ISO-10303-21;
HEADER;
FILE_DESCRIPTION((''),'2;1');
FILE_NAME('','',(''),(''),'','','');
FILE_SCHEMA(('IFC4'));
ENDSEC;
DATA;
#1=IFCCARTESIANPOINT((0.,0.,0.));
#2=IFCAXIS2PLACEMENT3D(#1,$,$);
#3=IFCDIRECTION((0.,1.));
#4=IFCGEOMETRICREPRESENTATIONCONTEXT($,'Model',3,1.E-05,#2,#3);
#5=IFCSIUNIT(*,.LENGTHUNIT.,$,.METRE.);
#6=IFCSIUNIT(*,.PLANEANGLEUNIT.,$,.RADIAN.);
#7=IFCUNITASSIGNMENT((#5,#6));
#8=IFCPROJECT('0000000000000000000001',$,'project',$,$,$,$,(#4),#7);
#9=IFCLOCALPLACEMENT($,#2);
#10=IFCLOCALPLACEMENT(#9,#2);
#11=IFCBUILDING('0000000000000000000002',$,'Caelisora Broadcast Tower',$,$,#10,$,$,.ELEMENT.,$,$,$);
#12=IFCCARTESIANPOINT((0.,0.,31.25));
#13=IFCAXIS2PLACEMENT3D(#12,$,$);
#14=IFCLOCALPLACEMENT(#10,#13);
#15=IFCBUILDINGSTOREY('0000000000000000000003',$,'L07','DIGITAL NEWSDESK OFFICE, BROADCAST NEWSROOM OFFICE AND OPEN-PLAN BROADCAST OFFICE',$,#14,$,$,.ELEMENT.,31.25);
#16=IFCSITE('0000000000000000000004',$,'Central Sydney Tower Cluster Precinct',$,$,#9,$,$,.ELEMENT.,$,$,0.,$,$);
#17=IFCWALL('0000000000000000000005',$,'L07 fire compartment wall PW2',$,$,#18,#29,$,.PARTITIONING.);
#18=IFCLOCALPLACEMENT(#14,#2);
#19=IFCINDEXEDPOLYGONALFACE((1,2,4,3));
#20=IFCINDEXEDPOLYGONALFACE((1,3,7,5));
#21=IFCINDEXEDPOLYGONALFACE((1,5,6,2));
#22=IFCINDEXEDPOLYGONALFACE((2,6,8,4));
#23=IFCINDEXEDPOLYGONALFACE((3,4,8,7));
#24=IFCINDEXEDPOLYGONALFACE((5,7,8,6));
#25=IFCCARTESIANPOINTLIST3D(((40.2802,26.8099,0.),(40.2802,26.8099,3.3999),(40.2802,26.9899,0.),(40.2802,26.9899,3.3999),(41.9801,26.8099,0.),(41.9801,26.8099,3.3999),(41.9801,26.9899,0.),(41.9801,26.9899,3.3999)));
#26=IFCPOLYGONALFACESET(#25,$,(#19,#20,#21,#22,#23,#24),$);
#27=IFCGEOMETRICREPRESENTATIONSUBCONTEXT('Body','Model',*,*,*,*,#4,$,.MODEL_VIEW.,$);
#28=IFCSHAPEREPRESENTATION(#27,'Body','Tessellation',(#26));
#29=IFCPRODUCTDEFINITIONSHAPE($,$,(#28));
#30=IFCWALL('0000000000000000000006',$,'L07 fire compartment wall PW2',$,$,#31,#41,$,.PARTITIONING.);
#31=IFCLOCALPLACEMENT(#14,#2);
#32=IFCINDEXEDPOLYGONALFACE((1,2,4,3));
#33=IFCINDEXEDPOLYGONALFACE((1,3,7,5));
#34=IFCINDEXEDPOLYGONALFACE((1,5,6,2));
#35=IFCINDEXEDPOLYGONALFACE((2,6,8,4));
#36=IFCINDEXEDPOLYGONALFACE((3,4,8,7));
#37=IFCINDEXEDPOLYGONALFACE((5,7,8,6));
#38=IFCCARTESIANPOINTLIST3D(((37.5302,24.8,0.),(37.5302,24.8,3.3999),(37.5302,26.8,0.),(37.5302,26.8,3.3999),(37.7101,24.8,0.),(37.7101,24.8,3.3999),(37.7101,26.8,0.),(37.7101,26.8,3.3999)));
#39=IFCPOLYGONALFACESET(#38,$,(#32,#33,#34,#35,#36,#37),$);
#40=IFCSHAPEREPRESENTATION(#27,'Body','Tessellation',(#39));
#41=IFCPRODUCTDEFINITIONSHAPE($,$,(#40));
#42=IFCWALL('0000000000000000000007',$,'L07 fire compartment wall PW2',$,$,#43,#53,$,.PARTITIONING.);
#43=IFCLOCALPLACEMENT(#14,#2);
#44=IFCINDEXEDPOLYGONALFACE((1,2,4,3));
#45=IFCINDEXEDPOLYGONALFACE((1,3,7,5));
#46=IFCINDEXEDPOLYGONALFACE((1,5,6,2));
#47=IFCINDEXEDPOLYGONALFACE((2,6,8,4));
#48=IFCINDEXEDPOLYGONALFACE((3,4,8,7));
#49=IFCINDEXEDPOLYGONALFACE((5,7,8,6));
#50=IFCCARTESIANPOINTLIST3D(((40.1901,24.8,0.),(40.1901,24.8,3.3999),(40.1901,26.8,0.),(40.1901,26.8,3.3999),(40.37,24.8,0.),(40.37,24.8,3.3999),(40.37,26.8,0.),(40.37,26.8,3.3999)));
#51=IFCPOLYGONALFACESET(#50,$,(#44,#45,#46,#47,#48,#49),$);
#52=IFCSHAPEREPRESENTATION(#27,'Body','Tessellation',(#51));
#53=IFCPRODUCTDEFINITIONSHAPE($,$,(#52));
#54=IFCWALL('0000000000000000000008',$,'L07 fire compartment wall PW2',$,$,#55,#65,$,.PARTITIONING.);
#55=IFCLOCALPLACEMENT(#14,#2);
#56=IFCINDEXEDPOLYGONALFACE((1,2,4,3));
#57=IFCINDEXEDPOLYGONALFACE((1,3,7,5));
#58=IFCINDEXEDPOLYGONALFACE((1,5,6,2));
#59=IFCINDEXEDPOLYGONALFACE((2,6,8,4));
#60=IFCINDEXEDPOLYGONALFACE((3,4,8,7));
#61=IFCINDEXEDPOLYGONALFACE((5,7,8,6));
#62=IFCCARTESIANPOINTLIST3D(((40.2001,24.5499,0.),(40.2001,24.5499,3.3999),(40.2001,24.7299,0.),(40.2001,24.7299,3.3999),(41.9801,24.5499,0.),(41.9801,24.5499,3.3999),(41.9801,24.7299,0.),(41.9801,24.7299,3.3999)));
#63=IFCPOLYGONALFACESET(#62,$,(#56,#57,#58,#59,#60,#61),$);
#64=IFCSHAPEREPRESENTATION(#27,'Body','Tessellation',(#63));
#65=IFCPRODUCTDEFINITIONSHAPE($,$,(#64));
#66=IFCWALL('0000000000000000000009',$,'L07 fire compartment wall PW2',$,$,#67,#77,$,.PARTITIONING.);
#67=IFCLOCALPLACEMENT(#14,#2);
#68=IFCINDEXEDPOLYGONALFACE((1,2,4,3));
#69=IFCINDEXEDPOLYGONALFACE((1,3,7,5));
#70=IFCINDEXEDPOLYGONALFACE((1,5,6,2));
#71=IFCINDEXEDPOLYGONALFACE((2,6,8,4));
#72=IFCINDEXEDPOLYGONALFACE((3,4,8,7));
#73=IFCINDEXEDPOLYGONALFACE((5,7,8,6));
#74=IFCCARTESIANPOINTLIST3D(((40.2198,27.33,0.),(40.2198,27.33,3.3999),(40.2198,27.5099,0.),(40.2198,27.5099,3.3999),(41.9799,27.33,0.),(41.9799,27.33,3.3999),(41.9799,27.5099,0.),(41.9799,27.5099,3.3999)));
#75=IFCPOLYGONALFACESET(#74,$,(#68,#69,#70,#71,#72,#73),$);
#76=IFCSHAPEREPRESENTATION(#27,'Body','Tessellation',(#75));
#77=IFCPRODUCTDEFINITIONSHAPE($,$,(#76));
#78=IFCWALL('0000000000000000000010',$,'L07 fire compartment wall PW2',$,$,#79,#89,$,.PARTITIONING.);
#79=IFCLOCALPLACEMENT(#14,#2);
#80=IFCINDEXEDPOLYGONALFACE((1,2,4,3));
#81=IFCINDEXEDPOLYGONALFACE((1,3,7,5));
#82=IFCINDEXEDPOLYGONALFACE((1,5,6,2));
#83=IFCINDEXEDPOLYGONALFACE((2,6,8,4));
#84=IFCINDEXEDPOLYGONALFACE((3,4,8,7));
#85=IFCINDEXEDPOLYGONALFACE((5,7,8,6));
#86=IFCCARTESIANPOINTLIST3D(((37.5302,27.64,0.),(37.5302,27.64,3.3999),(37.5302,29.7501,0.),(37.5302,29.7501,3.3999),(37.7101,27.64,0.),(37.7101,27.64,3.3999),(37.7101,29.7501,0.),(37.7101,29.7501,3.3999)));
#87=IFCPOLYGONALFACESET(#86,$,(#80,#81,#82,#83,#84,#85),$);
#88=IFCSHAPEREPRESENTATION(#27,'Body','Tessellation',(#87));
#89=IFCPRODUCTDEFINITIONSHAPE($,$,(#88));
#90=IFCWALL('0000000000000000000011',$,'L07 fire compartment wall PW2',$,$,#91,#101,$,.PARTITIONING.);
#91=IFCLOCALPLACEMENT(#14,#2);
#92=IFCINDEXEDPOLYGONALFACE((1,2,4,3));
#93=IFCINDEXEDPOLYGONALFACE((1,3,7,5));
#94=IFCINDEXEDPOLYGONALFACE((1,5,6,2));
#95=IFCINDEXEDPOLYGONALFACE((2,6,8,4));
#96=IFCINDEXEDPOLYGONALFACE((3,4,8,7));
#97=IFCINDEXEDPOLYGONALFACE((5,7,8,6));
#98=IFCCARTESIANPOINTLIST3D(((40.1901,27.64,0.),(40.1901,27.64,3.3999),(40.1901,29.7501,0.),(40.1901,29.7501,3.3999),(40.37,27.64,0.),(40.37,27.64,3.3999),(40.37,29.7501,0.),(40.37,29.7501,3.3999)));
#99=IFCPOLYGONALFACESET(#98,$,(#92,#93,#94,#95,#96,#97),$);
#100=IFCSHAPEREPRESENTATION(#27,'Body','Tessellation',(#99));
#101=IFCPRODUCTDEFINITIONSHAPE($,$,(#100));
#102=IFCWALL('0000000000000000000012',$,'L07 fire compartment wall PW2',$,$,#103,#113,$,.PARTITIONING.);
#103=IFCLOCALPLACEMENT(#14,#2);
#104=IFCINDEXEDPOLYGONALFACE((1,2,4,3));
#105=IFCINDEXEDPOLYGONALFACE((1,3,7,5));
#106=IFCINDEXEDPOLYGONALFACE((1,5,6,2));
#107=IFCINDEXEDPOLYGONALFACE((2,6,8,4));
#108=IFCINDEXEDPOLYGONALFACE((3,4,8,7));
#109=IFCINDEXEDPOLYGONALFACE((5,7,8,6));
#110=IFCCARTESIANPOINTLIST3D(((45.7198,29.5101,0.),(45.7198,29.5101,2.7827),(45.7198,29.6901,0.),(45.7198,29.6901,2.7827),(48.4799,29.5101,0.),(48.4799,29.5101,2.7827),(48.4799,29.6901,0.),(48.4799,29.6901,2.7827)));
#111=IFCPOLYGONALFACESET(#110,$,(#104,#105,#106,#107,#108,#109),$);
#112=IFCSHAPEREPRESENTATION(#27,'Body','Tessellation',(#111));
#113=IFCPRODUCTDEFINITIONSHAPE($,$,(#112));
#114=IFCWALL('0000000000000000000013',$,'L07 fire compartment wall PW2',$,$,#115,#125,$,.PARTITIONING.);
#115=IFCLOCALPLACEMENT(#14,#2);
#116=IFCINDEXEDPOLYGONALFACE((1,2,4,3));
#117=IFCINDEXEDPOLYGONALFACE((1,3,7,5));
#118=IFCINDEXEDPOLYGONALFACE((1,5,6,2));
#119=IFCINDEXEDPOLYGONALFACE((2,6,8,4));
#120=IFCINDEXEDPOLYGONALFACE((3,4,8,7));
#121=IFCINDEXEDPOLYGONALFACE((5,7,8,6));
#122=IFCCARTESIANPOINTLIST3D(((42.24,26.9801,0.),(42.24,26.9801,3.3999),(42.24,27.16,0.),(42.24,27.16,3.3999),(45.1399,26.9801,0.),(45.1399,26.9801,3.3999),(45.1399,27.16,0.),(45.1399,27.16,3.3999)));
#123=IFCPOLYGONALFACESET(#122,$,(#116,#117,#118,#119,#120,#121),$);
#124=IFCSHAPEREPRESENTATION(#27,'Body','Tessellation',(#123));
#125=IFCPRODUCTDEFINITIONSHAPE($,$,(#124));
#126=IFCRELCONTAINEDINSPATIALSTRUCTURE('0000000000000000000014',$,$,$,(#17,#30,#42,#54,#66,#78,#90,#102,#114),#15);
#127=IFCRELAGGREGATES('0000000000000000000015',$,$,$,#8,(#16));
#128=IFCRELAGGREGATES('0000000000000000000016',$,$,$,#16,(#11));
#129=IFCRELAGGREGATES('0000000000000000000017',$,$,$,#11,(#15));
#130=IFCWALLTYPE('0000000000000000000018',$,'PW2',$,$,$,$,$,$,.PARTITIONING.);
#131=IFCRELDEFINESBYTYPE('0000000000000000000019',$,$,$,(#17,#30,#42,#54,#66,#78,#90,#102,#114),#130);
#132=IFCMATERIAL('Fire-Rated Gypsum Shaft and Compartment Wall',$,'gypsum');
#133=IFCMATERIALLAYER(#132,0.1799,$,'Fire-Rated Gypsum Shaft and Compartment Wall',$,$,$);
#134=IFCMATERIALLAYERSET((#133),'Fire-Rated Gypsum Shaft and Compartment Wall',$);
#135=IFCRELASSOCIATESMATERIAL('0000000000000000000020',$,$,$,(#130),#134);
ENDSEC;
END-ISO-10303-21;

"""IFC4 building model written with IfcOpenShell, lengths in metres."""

from ifc_helpers import new_model, si_unit, direction, frame, frame_2d, origin, place, context, subcontext, project, spatial, rectangle, extrude, material, layer, layer_set, type_object, element, save


model = new_model("IFC4")

# Units and contexts
model_context = context("Model", 3, precision=1e-05, world=origin(), true_north=direction((0.0, 1.0)))
body_context = subcontext(model_context, "Body", "Model", "MODEL_VIEW")
ifc_project = project(units=[si_unit("LENGTHUNIT", "METRE"), si_unit("PLANEANGLEUNIT", "RADIAN")], contexts=[model_context])

# Site, building, storey
site_placement = place(None, origin())
site = spatial("IfcSite", under=ifc_project, at=site_placement, Name="Central Sydney Tower Cluster Precinct", CompositionType="ELEMENT", RefElevation=0.0)
building_placement = place(site_placement, origin())
building = spatial("IfcBuilding", under=site, at=building_placement, Name="Caelisora Broadcast Tower", CompositionType="ELEMENT")
storey_placement = place(building_placement, frame((0.0, 0.0, 31.25)))
storey = spatial("IfcBuildingStorey", under=building, at=storey_placement, Name="L07", Description="DIGITAL NEWSDESK OFFICE, BROADCAST NEWSROOM OFFICE AND OPEN-PLAN BROADCAST OFFICE", CompositionType="ELEMENT", Elevation=31.25)

# Walls
ifc_material_1 = material(Name="Fire-Rated Gypsum Shaft and Compartment Wall", Category="gypsum")
ifc_layer_1 = layer(ifc_material_1, 0.1799, Name="Fire-Rated Gypsum Shaft and Compartment Wall")
ifc_layer_set_1 = layer_set([ifc_layer_1], Name="Fire-Rated Gypsum Shaft and Compartment Wall")
wall_type_1 = type_object("IfcWallType", Name="PW2", PredefinedType="PARTITIONING", material=ifc_layer_set_1)
wall_1_placement = place(storey_placement, frame((40.28, 26.8999, 0.0), z_axis=(0.0, 0.0, 1.0), x_axis=(1.0, 0.0, 0.0)))
element("IfcWall", 1, at=wall_1_placement, inside=storey, type_object=wall_type_1, Name="L07 fire compartment wall PW2", PredefinedType="PARTITIONING", context=body_context, shape_type="SweptSolid", body=[
    extrude(rectangle(XDim=1.7, YDim=0.1799, at=frame_2d((0.8501, 0.0))), origin(), (0.0, 0.0, 1.0), 3.3999),
])
for number, where, z_axis, x_axis, name in (
    (2, (37.6201, 24.8, 0.0), (0.0, 0.0, 1.0), (0.0, 1.0, 0.0), "L07 fire compartment wall PW2"),
    (3, (40.28, 24.8, 0.0), (0.0, 0.0, 1.0), (0.0, 1.0, 0.0), "L07 fire compartment wall PW2"),
):
    element("IfcWall", number, at=place(storey_placement, frame(where, z_axis=z_axis, x_axis=x_axis)), inside=storey, type_object=wall_type_1, Name=name, PredefinedType="PARTITIONING", context=body_context, shape_type="SweptSolid", body=[
        extrude(rectangle(XDim=2.0, YDim=0.1799, at=frame_2d((1.0, 0.0))), origin(), (0.0, 0.0, 1.0), 3.3999),
    ])
wall_2_placement = place(storey_placement, frame((40.2, 24.6399, 0.0), z_axis=(0.0, 0.0, 1.0), x_axis=(1.0, 0.0, 0.0)))
element("IfcWall", 4, at=wall_2_placement, inside=storey, type_object=wall_type_1, Name="L07 fire compartment wall PW2", PredefinedType="PARTITIONING", context=body_context, shape_type="SweptSolid", body=[
    extrude(rectangle(XDim=1.78, YDim=0.1799, at=frame_2d((0.8901, 0.0))), origin(), (0.0, 0.0, 1.0), 3.3999),
])
wall_3_placement = place(storey_placement, frame((40.22, 27.4199, 0.0), z_axis=(0.0, 0.0, 1.0), x_axis=(1.0, 0.0, 0.0)))
element("IfcWall", 5, at=wall_3_placement, inside=storey, type_object=wall_type_1, Name="L07 fire compartment wall PW2", PredefinedType="PARTITIONING", context=body_context, shape_type="SweptSolid", body=[
    extrude(rectangle(XDim=1.76, YDim=0.1799, at=frame_2d((0.8799, 0.0))), origin(), (0.0, 0.0, 1.0), 3.3999),
])
for number, where, z_axis, x_axis, name in (
    (6, (37.6201, 27.6399, 0.0), (0.0, 0.0, 1.0), (0.0, 1.0, 0.0), "L07 fire compartment wall PW2"),
    (7, (40.28, 27.6399, 0.0), (0.0, 0.0, 1.0), (0.0, 1.0, 0.0), "L07 fire compartment wall PW2"),
):
    element("IfcWall", number, at=place(storey_placement, frame(where, z_axis=z_axis, x_axis=x_axis)), inside=storey, type_object=wall_type_1, Name=name, PredefinedType="PARTITIONING", context=body_context, shape_type="SweptSolid", body=[
        extrude(rectangle(XDim=2.1101, YDim=0.1799, at=frame_2d((1.0552, 0.0))), origin(), (0.0, 0.0, 1.0), 3.3999),
    ])
wall_4_placement = place(storey_placement, frame((45.72, 29.6001, 0.0), z_axis=(0.0, 0.0, 1.0), x_axis=(1.0, 0.0, 0.0)))
element("IfcWall", 8, at=wall_4_placement, inside=storey, type_object=wall_type_1, Name="L07 fire compartment wall PW2", PredefinedType="PARTITIONING", context=body_context, shape_type="SweptSolid", body=[
    extrude(rectangle(XDim=2.76, YDim=0.1799, at=frame_2d((1.3799, 0.0))), origin(), (0.0, 0.0, 1.0), 2.7827),
])
wall_5_placement = place(storey_placement, frame((42.24, 27.0701, 0.0), z_axis=(0.0, 0.0, 1.0), x_axis=(1.0, 0.0, 0.0)))
element("IfcWall", 9, at=wall_5_placement, inside=storey, type_object=wall_type_1, Name="L07 fire compartment wall PW2", PredefinedType="PARTITIONING", context=body_context, shape_type="SweptSolid", body=[
    extrude(rectangle(XDim=2.8999, YDim=0.1799, at=frame_2d((1.45, 0.0))), origin(), (0.0, 0.0, 1.0), 3.3999),
])

save(model, "model.ifc")
